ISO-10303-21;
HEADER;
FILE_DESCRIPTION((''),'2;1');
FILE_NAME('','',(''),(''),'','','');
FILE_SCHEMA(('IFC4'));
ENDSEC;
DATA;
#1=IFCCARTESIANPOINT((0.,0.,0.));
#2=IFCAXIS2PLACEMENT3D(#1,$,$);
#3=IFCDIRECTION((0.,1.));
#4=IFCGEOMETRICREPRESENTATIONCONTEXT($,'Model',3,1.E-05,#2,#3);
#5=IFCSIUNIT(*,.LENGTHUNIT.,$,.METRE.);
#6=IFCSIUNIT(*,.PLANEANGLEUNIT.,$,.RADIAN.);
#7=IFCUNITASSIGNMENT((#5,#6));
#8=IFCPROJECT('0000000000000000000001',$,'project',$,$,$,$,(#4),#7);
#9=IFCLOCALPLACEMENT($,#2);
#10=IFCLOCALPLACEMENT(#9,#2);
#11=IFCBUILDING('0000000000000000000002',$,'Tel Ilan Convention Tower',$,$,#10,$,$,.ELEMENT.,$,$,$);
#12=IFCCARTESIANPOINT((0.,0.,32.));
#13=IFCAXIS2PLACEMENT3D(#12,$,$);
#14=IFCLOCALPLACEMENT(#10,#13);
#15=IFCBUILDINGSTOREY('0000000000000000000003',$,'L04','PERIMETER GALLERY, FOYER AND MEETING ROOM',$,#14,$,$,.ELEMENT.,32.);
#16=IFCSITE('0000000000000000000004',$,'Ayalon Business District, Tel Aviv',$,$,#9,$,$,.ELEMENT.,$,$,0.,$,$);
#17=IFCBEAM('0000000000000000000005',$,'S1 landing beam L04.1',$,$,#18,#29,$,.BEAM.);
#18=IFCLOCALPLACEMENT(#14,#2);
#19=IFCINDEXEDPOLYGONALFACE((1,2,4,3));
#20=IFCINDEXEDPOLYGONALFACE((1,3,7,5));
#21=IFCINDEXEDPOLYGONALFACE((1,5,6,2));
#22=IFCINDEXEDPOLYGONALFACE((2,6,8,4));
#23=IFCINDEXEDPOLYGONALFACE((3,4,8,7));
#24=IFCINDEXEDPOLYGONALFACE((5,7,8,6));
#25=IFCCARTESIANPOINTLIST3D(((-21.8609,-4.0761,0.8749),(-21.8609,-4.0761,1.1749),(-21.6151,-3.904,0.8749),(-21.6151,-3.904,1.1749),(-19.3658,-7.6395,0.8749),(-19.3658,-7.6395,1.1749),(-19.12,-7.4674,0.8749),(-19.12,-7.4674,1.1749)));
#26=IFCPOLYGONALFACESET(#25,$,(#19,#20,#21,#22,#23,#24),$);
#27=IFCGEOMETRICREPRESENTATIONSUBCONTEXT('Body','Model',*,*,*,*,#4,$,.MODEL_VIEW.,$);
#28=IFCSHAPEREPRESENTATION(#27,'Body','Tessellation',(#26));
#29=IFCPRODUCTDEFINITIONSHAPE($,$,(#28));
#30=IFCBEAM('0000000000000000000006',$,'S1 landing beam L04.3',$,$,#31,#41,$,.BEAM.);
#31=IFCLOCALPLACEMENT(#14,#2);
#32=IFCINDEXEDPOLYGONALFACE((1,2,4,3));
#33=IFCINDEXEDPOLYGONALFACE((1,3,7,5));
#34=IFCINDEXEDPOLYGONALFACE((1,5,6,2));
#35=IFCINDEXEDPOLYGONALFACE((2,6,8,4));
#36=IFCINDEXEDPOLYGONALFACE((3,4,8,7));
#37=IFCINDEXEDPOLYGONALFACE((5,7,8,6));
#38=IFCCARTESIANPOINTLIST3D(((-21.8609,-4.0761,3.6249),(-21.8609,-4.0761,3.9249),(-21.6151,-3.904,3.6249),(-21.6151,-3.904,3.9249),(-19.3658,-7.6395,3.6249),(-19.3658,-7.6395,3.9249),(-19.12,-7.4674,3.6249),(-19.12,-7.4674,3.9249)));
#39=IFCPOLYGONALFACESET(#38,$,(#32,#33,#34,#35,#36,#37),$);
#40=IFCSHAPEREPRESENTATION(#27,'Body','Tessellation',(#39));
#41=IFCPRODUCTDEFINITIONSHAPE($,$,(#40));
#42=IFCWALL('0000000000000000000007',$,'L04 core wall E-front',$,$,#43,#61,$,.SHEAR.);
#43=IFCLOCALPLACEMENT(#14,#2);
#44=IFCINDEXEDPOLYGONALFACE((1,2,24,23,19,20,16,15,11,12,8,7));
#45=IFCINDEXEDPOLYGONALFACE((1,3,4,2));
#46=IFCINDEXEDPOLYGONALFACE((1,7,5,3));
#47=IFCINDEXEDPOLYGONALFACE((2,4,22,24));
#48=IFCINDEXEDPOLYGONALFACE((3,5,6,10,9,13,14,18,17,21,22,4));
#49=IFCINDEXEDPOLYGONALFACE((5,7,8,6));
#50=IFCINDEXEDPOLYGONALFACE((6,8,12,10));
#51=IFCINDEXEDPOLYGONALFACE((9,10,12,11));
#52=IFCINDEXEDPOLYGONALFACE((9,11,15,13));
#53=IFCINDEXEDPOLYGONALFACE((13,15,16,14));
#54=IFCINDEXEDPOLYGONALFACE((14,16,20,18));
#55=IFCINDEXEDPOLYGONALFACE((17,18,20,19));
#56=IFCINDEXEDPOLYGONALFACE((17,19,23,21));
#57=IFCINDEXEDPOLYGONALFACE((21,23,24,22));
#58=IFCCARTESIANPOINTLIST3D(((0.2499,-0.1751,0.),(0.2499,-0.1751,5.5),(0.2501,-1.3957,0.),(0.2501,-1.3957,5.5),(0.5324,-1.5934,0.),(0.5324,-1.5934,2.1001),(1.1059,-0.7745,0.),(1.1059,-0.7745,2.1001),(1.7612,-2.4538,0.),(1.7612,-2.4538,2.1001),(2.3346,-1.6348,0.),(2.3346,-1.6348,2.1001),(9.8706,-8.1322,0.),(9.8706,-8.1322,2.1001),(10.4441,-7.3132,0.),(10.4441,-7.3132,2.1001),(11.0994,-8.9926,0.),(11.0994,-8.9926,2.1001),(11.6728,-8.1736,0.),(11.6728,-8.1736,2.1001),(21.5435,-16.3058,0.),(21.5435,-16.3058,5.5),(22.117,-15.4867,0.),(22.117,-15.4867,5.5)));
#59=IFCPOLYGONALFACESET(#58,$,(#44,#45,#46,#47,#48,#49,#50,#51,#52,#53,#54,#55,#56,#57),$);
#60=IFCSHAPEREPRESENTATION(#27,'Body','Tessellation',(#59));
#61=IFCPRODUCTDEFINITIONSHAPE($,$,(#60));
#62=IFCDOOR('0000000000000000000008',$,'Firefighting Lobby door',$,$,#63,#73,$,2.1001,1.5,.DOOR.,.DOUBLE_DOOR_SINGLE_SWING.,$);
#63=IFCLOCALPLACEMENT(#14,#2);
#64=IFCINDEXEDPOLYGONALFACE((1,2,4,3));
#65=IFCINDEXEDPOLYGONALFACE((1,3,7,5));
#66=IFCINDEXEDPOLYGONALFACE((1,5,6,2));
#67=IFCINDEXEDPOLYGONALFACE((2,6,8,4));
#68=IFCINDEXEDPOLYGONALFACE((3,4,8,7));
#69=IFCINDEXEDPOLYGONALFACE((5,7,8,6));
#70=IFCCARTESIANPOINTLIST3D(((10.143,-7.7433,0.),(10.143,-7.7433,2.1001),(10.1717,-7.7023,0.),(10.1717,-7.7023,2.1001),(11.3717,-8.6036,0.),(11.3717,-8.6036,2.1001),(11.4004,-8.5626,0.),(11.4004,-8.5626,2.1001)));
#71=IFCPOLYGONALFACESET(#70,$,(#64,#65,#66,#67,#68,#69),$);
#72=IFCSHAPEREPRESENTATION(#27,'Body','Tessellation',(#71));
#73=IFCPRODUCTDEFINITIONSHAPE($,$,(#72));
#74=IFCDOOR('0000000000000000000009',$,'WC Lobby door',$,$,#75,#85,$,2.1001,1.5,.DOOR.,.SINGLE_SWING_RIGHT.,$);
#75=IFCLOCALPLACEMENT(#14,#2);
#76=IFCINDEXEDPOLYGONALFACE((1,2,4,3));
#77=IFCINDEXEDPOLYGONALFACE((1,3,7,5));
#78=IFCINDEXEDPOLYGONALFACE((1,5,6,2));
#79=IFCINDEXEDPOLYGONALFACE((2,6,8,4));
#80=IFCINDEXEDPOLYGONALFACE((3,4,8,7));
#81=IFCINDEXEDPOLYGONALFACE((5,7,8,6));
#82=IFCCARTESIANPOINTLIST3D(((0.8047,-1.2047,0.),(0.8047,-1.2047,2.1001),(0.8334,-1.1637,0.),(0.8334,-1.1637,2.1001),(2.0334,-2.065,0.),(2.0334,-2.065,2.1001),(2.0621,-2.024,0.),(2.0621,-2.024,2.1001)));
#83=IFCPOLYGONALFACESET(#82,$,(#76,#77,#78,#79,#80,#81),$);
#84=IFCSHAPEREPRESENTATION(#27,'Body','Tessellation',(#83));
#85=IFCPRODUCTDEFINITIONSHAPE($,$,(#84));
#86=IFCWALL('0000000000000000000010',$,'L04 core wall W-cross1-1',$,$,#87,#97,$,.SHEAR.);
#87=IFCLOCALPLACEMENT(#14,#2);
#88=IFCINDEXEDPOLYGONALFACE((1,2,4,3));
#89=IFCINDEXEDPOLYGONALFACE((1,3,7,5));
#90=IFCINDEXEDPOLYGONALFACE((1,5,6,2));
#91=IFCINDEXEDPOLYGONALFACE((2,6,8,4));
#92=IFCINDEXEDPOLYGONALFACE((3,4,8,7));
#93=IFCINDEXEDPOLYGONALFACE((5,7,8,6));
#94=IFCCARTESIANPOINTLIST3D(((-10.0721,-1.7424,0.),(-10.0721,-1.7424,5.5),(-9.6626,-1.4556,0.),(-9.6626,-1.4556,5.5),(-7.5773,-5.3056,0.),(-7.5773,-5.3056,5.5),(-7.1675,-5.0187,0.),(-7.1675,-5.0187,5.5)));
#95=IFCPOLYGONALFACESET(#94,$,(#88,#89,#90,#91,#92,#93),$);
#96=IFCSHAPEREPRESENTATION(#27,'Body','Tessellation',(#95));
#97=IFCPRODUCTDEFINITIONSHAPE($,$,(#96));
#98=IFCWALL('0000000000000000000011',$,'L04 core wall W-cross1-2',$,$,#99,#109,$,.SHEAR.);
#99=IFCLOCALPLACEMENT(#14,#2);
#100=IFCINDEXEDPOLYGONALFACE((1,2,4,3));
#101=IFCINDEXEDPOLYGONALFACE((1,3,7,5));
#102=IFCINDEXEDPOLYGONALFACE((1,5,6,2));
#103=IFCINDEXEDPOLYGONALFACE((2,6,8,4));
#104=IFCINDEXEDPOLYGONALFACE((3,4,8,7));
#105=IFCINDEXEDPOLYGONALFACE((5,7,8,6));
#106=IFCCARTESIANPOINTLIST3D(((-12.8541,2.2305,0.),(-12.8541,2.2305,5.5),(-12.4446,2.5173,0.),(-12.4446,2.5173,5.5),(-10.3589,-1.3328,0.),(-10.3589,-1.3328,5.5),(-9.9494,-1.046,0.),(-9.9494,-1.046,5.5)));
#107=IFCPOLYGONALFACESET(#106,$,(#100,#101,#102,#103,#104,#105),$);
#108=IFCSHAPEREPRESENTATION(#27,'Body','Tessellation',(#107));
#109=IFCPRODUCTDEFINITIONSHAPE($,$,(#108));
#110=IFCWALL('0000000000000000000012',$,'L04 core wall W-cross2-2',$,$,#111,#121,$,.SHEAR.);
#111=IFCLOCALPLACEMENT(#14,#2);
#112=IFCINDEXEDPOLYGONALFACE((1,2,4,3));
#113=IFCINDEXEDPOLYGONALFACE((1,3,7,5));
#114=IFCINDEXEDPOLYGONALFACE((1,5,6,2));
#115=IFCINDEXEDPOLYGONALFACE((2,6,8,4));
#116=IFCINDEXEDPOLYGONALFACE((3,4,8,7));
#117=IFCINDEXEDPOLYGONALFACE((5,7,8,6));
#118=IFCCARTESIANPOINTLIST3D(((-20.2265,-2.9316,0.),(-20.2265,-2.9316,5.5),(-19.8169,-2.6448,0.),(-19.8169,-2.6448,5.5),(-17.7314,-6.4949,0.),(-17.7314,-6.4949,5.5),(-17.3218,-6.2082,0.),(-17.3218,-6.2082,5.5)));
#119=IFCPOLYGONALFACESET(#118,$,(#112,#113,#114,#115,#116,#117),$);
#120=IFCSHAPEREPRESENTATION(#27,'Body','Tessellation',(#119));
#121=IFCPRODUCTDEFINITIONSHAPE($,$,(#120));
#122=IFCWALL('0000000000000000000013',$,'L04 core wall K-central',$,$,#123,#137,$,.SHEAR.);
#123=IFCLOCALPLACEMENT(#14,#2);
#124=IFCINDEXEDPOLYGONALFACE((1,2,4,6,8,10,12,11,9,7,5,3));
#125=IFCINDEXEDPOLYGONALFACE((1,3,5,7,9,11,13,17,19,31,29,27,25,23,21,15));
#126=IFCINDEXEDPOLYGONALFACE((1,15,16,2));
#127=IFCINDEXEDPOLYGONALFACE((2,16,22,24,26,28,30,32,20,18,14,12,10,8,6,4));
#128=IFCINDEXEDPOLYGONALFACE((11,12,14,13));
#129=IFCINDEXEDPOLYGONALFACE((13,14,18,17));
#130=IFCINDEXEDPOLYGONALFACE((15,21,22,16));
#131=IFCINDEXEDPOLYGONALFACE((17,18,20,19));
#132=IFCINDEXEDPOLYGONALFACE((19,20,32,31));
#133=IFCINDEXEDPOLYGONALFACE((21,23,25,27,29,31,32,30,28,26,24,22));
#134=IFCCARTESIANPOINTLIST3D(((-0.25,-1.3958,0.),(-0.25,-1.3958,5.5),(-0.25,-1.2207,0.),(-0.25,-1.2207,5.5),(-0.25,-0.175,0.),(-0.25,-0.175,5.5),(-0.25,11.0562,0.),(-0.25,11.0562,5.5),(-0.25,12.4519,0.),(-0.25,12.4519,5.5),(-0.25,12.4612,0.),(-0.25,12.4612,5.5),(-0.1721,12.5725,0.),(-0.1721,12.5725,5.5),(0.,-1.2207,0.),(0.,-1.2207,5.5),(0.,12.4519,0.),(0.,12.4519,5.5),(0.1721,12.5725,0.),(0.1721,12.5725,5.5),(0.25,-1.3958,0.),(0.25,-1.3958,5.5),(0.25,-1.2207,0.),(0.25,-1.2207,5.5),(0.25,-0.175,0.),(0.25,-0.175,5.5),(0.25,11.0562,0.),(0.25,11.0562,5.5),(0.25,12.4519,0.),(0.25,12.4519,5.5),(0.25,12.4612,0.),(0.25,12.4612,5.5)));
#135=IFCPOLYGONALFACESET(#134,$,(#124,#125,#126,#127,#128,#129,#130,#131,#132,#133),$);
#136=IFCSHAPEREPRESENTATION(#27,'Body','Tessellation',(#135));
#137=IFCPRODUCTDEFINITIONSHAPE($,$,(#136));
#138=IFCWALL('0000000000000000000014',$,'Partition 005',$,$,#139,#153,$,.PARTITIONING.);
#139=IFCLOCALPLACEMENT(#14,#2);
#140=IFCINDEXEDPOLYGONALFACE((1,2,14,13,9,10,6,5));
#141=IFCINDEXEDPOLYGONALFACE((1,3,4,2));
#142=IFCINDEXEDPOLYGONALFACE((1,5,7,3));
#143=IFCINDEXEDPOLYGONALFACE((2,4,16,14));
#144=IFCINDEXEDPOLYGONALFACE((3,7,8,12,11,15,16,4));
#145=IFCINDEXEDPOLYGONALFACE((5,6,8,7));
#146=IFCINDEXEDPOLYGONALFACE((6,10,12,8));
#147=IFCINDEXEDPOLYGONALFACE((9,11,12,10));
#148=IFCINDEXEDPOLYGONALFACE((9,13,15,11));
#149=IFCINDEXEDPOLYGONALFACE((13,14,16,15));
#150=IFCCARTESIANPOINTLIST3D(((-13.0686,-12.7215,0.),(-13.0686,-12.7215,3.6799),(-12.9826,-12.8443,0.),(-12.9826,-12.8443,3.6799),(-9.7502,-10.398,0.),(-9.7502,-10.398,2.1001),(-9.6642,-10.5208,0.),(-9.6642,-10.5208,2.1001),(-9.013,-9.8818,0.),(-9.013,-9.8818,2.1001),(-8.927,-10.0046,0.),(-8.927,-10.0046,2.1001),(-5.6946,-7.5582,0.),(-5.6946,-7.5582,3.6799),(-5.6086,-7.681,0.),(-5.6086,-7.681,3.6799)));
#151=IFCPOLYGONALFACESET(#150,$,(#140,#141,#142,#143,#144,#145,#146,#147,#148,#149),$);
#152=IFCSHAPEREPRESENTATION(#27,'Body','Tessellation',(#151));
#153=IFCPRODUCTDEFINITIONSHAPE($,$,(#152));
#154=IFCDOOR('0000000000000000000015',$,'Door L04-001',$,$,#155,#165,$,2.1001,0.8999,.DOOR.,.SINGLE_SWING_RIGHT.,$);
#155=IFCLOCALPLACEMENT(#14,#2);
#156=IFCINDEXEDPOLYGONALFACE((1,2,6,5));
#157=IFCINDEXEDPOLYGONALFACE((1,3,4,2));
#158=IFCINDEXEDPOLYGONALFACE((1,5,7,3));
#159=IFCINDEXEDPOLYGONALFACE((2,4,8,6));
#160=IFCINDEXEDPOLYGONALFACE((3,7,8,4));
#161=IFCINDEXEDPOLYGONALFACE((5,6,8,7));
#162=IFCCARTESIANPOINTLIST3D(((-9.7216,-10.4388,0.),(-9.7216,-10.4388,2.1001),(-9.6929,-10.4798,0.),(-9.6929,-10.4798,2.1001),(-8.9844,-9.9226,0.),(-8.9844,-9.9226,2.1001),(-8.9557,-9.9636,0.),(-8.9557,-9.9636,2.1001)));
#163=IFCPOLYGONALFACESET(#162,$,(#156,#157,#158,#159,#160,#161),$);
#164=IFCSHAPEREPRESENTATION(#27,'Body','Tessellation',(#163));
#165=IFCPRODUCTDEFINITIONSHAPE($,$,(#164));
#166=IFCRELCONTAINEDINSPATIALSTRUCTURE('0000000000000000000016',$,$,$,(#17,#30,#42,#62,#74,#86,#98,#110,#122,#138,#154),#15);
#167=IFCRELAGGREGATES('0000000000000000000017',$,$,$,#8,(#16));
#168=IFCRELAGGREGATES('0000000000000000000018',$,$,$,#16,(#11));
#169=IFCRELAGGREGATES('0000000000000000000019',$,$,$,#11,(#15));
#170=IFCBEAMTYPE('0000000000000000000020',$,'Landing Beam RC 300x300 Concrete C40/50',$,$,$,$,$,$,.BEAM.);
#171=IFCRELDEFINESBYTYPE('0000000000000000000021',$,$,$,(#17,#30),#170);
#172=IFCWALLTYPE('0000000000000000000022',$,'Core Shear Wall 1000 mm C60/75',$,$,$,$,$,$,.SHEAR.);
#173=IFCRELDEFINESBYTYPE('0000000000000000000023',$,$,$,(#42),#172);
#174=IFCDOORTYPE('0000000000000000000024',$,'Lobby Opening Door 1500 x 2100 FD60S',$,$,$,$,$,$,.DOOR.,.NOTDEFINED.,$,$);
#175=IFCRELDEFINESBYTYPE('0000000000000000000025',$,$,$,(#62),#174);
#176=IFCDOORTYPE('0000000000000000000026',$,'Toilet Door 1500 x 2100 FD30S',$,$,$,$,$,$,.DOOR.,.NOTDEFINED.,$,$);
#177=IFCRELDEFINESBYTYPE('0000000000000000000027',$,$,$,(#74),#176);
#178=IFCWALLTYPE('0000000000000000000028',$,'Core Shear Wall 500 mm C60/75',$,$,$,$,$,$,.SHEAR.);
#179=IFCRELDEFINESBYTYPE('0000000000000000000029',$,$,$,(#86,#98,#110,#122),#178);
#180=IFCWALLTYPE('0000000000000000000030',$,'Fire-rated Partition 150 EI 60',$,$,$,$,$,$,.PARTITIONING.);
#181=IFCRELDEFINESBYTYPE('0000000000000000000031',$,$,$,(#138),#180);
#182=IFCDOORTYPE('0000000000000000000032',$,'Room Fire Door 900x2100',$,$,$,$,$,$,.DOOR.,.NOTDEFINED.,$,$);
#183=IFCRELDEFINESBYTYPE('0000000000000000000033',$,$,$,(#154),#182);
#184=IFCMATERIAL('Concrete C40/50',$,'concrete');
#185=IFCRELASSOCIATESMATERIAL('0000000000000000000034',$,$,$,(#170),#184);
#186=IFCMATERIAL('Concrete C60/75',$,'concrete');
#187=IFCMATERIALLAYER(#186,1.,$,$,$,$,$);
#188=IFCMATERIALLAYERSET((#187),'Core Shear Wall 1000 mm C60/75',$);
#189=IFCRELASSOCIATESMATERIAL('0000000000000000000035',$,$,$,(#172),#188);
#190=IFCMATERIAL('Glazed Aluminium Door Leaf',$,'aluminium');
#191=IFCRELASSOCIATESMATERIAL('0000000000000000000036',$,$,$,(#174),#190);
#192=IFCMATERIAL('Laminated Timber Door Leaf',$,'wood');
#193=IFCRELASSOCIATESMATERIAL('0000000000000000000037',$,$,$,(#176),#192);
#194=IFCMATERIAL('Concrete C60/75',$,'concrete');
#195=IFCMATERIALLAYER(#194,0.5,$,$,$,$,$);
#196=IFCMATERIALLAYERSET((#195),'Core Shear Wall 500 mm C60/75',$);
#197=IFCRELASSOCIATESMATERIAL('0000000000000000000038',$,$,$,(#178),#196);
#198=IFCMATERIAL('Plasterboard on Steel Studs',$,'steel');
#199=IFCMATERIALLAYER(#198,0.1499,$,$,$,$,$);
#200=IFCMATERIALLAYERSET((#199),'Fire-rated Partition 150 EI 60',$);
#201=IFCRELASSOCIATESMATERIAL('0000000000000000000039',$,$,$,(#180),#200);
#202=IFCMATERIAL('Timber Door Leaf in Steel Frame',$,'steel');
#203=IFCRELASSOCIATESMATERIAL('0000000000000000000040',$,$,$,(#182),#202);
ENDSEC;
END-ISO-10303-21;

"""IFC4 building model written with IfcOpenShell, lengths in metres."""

from ifc_helpers import new_model, si_unit, direction, frame, frame_2d, origin, origin_2d, place, context, subcontext, project, spatial, polyline, rectangle, outline, extrude, material, layer, layer_set, material_profile, profile_set, type_object, element, fill, save


model = new_model("IFC4")

# Units and contexts
model_context = context("Model", 3, precision=1e-05, world=origin(), true_north=direction((0.0, 1.0)))
body_context = subcontext(model_context, "Body", "Model", "MODEL_VIEW")
ifc_project = project(units=[si_unit("LENGTHUNIT", "METRE"), si_unit("PLANEANGLEUNIT", "RADIAN")], contexts=[model_context])

# Site, building, storey
site_placement = place(None, origin())
site = spatial("IfcSite", under=ifc_project, at=site_placement, Name="Ayalon Business District, Tel Aviv", CompositionType="ELEMENT", RefElevation=0.0)
building_placement = place(site_placement, origin())
building = spatial("IfcBuilding", under=site, at=building_placement, Name="Tel Ilan Convention Tower", CompositionType="ELEMENT")
storey_placement = place(building_placement, frame((0.0, 0.0, 32.0)))
storey = spatial("IfcBuildingStorey", under=building, at=storey_placement, Name="L04", Description="PERIMETER GALLERY, FOYER AND MEETING ROOM", CompositionType="ELEMENT", Elevation=32.0)

# Beams
ifc_material_1 = material(Name="Concrete C40/50", Category="concrete")
ifc_material_profile = material_profile(ifc_material_1, rectangle(XDim=0.3, YDim=0.3, at=origin_2d()), Name="RC 300x300")
ifc_profile_set = profile_set([ifc_material_profile], Name="Concrete C40/50")
beam_type = type_object("IfcBeamType", Name="Landing Beam RC 300x300 Concrete C40/50", PredefinedType="BEAM", material=ifc_profile_set)
for number, where, z_axis, x_axis, name in (
    (1, (-19.2429, -7.5535, 1.0249), (-0.573568, 0.819158, 0.0), (-0.819158, -0.573568, 0.0), "S1 landing beam L04.1"),
    (2, (-19.2429, -7.5535, 3.7749), (-0.573568, 0.819158, 0.0), (-0.819158, -0.573568, 0.0), "S1 landing beam L04.3"),
):
    element("IfcBeam", number, at=place(storey_placement, frame(where, z_axis=z_axis, x_axis=x_axis)), inside=storey, type_object=beam_type, Name=name, PredefinedType="BEAM", context=body_context, shape_type="SweptSolid", body=[
        extrude(rectangle(XDim=0.3, YDim=0.3, at=origin_2d()), origin(), (0.0, 0.0, 1.0), 4.3501),
    ])

# Wall, openings, doors
ifc_material_2 = material(Name="Concrete C60/75", Category="concrete")
ifc_layer_1 = layer(ifc_material_2, 1.0)
ifc_layer_set_1 = layer_set([ifc_layer_1], Name="Core Shear Wall 1000 mm C60/75")
wall_type_1 = type_object("IfcWallType", Name="Core Shear Wall 1000 mm C60/75", PredefinedType="SHEAR", material=ifc_layer_set_1)
wall_1_placement = place(storey_placement, frame((-0.0369, -0.5847, 0.0), z_axis=(0.0, 0.0, 1.0), x_axis=(0.819157, -0.573569, 0.0)))
wall_1 = element("IfcWall", 3, at=wall_1_placement, inside=storey, type_object=wall_type_1, Name="L04 core wall E-front", PredefinedType="SHEAR", context=body_context, shape_type="SweptSolid", body=[
    extrude(outline(polyline([(26.6948, 0.4998), (0.0, 0.5), (0.7002, -0.4998), (26.6948, -0.5002), (26.6948, 0.4998)])), origin(), (0.0, 0.0, 1.0), 5.5),
])
opening_1_placement = place(wall_1_placement, frame((1.0449, 0.0, 0.0)))
opening_1 = element("IfcOpeningElement", 4, at=opening_1_placement, cuts=wall_1, PredefinedType="OPENING", context=body_context, shape_type="SweptSolid", body=[
    extrude(rectangle(XDim=1.5, YDim=2.1001, at=frame_2d((0.75, 1.05))), frame((0.0, 0.51, 0.0), z_axis=(0.0, -1.0, 0.0), x_axis=(1.0, 0.0, 0.0)), (0.0, 0.0, 1.0), 1.02),
])
opening_2_placement = place(wall_1_placement, frame((12.4448, 0.0, 0.0)))
opening_2 = element("IfcOpeningElement", 5, at=opening_2_placement, cuts=wall_1, PredefinedType="OPENING", context=body_context, shape_type="SweptSolid", body=[
    extrude(rectangle(XDim=1.5, YDim=2.1001, at=frame_2d((0.75, 1.05))), frame((0.0, 0.51, 0.0), z_axis=(0.0, -1.0, 0.0), x_axis=(1.0, 0.0, 0.0)), (0.0, 0.0, 1.0), 1.02),
])
ifc_material_3 = material(Name="Glazed Aluminium Door Leaf", Category="aluminium")
door_type_1 = type_object("IfcDoorType", Name="Lobby Opening Door 1500 x 2100 FD60S", OperationType="NOTDEFINED", PredefinedType="DOOR", material=ifc_material_3)
door_1_placement = place(opening_2_placement, origin())
door_1 = element("IfcDoor", 6, at=door_1_placement, inside=storey, type_object=door_type_1, Name="Firefighting Lobby door", OperationType="DOUBLE_DOOR_SINGLE_SWING", OverallHeight=2.1001, OverallWidth=1.5, PredefinedType="DOOR", context=body_context, shape_type="SweptSolid", body=[
    extrude(rectangle(XDim=1.5, YDim=2.1001, at=frame_2d((0.75, 1.05))), frame((0.0, 0.0249, 0.0), z_axis=(0.0, -1.0, 0.0), x_axis=(1.0, 0.0, 0.0)), (0.0, 0.0, 1.0), 0.05),
])
fill(opening_2, door_1)
ifc_material_4 = material(Name="Laminated Timber Door Leaf", Category="wood")
door_type_2 = type_object("IfcDoorType", Name="Toilet Door 1500 x 2100 FD30S", OperationType="NOTDEFINED", PredefinedType="DOOR", material=ifc_material_4)
door_2_placement = place(opening_1_placement, origin())
door_2 = element("IfcDoor", 7, at=door_2_placement, inside=storey, type_object=door_type_2, Name="WC Lobby door", OperationType="SINGLE_SWING_RIGHT", OverallHeight=2.1001, OverallWidth=1.5, PredefinedType="DOOR", context=body_context, shape_type="SweptSolid", body=[
    extrude(rectangle(XDim=1.5, YDim=2.1001, at=frame_2d((0.75, 1.05))), frame((0.0, 0.0249, 0.0), z_axis=(0.0, -1.0, 0.0), x_axis=(1.0, 0.0, 0.0)), (0.0, 0.0, 1.0), 0.05),
])
fill(opening_1, door_2)

# Walls
ifc_material_5 = material(Name="Concrete C60/75", Category="concrete")
ifc_layer_2 = layer(ifc_material_5, 0.5)
ifc_layer_set_2 = layer_set([ifc_layer_2], Name="Core Shear Wall 500 mm C60/75")
wall_type_2 = type_object("IfcWallType", Name="Core Shear Wall 500 mm C60/75", PredefinedType="SHEAR", material=ifc_layer_set_2)
wall_2_placement = place(storey_placement, frame((-7.3723, -5.1621, 0.0), z_axis=(0.0, 0.0, 1.0), x_axis=(-0.573594, 0.81914, 0.0)))
element("IfcWall", 8, at=wall_2_placement, inside=storey, type_object=wall_type_2, Name="L04 core wall W-cross1-1", PredefinedType="SHEAR", context=body_context, shape_type="SweptSolid", body=[
    extrude(outline(polyline([(4.3499, 0.25), (0.0, 0.2502), (0.0, -0.25), (4.3499, -0.25), (4.3499, 0.25)])), origin(), (0.0, 0.0, 1.0), 5.5),
])
wall_3_placement = place(storey_placement, frame((-10.1543, -1.1892, 0.0), z_axis=(0.0, 0.0, 1.0), x_axis=(-0.573594, 0.81914, 0.0)))
element("IfcWall", 9, at=wall_3_placement, inside=storey, type_object=wall_type_2, Name="L04 core wall W-cross1-2", PredefinedType="SHEAR", context=body_context, shape_type="SweptSolid", body=[
    extrude(outline(polyline([(4.3499, -0.25), (4.3499, 0.25), (-0.0002, 0.25), (-0.0002, -0.25), (4.3499, -0.25)])), origin(), (0.0, 0.0, 1.0), 5.5),
])
wall_4_placement = place(storey_placement, frame((-17.5266, -6.3516, 0.0), z_axis=(0.0, 0.0, 1.0), x_axis=(-0.57353, 0.819184, 0.0)))
element("IfcWall", 10, at=wall_4_placement, inside=storey, type_object=wall_type_2, Name="L04 core wall W-cross2-2", PredefinedType="SHEAR", context=body_context, shape_type="SweptSolid", body=[
    extrude(outline(polyline([(4.3501, -0.2498), (4.3501, 0.2502), (0.0, 0.25), (0.0, -0.25), (4.3501, -0.2498)])), origin(), (0.0, 0.0, 1.0), 5.5),
])
wall_5_placement = place(storey_placement, frame((0.0, -1.3958, 0.0), z_axis=(0.0, 0.0, 1.0), x_axis=(0.0, 1.0, 0.0)))
element("IfcWall", 11, at=wall_5_placement, inside=storey, type_object=wall_type_2, Name="L04 core wall K-central", PredefinedType="SHEAR", context=body_context, shape_type="SweptSolid", body=[
    extrude(outline(polyline([(0.0, -0.25), (0.175, -0.25), (1.2207, -0.25), (12.4519, -0.25), (13.8477, -0.25), (13.8569, -0.25), (13.9683, -0.1721), (13.8477, 0.0), (13.9683, 0.1721), (13.8569, 0.25), (13.8477, 0.25), (12.4519, 0.25), (1.2207, 0.25), (0.175, 0.25), (0.0, 0.25), (0.175, 0.0), (0.0, -0.25)])), origin(), (0.0, 0.0, 1.0), 5.5),
])

# Wall, opening, door
ifc_material_6 = material(Name="Plasterboard on Steel Studs", Category="steel")
ifc_layer_3 = layer(ifc_material_6, 0.1499)
ifc_layer_set_3 = layer_set([ifc_layer_3], Name="Fire-rated Partition 150 EI 60")
wall_type_3 = type_object("IfcWallType", Name="Fire-rated Partition 150 EI 60", PredefinedType="PARTITIONING", material=ifc_layer_set_3)
wall_6_placement = place(storey_placement, frame((-5.6516, -7.6196, 0.0), z_axis=(0.0, 0.0, 1.0), x_axis=(-0.819153, -0.573575, 0.0)))
wall_6 = element("IfcWall", 12, at=wall_6_placement, inside=storey, type_object=wall_type_3, Name="Partition 005", PredefinedType="PARTITIONING", context=body_context, shape_type="SweptSolid", body=[
    extrude(rectangle(XDim=9.002, YDim=0.1499, at=frame_2d((4.501, 0.0))), origin(), (0.0, 0.0, 1.0), 3.6799),
])
opening_3_placement = place(wall_6_placement, frame((4.051, 0.0, 0.0)))
opening_3 = element("IfcOpeningElement", 13, at=opening_3_placement, cuts=wall_6, PredefinedType="OPENING", context=body_context, shape_type="SweptSolid", body=[
    extrude(rectangle(XDim=0.8999, YDim=2.1001, at=frame_2d((0.45, 1.05))), frame((0.0, 0.085, 0.0), z_axis=(0.0, -1.0, 0.0), x_axis=(1.0, 0.0, 0.0)), (0.0, 0.0, 1.0), 0.1699),
])
ifc_material_7 = material(Name="Timber Door Leaf in Steel Frame", Category="steel")
door_type_3 = type_object("IfcDoorType", Name="Room Fire Door 900x2100", OperationType="NOTDEFINED", PredefinedType="DOOR", material=ifc_material_7)
door_3_placement = place(opening_3_placement, origin())
door_3 = element("IfcDoor", 14, at=door_3_placement, inside=storey, type_object=door_type_3, Name="Door L04-001", OperationType="SINGLE_SWING_RIGHT", OverallHeight=2.1001, OverallWidth=0.8999, PredefinedType="DOOR", context=body_context, shape_type="SweptSolid", body=[
    extrude(rectangle(XDim=0.8999, YDim=2.1001, at=frame_2d((0.45, 1.05))), frame((0.0, 0.0249, 0.0), z_axis=(0.0, -1.0, 0.0), x_axis=(1.0, 0.0, 0.0)), (0.0, 0.0, 1.0), 0.05),
])
fill(opening_3, door_3)

save(model, "model.ifc")
